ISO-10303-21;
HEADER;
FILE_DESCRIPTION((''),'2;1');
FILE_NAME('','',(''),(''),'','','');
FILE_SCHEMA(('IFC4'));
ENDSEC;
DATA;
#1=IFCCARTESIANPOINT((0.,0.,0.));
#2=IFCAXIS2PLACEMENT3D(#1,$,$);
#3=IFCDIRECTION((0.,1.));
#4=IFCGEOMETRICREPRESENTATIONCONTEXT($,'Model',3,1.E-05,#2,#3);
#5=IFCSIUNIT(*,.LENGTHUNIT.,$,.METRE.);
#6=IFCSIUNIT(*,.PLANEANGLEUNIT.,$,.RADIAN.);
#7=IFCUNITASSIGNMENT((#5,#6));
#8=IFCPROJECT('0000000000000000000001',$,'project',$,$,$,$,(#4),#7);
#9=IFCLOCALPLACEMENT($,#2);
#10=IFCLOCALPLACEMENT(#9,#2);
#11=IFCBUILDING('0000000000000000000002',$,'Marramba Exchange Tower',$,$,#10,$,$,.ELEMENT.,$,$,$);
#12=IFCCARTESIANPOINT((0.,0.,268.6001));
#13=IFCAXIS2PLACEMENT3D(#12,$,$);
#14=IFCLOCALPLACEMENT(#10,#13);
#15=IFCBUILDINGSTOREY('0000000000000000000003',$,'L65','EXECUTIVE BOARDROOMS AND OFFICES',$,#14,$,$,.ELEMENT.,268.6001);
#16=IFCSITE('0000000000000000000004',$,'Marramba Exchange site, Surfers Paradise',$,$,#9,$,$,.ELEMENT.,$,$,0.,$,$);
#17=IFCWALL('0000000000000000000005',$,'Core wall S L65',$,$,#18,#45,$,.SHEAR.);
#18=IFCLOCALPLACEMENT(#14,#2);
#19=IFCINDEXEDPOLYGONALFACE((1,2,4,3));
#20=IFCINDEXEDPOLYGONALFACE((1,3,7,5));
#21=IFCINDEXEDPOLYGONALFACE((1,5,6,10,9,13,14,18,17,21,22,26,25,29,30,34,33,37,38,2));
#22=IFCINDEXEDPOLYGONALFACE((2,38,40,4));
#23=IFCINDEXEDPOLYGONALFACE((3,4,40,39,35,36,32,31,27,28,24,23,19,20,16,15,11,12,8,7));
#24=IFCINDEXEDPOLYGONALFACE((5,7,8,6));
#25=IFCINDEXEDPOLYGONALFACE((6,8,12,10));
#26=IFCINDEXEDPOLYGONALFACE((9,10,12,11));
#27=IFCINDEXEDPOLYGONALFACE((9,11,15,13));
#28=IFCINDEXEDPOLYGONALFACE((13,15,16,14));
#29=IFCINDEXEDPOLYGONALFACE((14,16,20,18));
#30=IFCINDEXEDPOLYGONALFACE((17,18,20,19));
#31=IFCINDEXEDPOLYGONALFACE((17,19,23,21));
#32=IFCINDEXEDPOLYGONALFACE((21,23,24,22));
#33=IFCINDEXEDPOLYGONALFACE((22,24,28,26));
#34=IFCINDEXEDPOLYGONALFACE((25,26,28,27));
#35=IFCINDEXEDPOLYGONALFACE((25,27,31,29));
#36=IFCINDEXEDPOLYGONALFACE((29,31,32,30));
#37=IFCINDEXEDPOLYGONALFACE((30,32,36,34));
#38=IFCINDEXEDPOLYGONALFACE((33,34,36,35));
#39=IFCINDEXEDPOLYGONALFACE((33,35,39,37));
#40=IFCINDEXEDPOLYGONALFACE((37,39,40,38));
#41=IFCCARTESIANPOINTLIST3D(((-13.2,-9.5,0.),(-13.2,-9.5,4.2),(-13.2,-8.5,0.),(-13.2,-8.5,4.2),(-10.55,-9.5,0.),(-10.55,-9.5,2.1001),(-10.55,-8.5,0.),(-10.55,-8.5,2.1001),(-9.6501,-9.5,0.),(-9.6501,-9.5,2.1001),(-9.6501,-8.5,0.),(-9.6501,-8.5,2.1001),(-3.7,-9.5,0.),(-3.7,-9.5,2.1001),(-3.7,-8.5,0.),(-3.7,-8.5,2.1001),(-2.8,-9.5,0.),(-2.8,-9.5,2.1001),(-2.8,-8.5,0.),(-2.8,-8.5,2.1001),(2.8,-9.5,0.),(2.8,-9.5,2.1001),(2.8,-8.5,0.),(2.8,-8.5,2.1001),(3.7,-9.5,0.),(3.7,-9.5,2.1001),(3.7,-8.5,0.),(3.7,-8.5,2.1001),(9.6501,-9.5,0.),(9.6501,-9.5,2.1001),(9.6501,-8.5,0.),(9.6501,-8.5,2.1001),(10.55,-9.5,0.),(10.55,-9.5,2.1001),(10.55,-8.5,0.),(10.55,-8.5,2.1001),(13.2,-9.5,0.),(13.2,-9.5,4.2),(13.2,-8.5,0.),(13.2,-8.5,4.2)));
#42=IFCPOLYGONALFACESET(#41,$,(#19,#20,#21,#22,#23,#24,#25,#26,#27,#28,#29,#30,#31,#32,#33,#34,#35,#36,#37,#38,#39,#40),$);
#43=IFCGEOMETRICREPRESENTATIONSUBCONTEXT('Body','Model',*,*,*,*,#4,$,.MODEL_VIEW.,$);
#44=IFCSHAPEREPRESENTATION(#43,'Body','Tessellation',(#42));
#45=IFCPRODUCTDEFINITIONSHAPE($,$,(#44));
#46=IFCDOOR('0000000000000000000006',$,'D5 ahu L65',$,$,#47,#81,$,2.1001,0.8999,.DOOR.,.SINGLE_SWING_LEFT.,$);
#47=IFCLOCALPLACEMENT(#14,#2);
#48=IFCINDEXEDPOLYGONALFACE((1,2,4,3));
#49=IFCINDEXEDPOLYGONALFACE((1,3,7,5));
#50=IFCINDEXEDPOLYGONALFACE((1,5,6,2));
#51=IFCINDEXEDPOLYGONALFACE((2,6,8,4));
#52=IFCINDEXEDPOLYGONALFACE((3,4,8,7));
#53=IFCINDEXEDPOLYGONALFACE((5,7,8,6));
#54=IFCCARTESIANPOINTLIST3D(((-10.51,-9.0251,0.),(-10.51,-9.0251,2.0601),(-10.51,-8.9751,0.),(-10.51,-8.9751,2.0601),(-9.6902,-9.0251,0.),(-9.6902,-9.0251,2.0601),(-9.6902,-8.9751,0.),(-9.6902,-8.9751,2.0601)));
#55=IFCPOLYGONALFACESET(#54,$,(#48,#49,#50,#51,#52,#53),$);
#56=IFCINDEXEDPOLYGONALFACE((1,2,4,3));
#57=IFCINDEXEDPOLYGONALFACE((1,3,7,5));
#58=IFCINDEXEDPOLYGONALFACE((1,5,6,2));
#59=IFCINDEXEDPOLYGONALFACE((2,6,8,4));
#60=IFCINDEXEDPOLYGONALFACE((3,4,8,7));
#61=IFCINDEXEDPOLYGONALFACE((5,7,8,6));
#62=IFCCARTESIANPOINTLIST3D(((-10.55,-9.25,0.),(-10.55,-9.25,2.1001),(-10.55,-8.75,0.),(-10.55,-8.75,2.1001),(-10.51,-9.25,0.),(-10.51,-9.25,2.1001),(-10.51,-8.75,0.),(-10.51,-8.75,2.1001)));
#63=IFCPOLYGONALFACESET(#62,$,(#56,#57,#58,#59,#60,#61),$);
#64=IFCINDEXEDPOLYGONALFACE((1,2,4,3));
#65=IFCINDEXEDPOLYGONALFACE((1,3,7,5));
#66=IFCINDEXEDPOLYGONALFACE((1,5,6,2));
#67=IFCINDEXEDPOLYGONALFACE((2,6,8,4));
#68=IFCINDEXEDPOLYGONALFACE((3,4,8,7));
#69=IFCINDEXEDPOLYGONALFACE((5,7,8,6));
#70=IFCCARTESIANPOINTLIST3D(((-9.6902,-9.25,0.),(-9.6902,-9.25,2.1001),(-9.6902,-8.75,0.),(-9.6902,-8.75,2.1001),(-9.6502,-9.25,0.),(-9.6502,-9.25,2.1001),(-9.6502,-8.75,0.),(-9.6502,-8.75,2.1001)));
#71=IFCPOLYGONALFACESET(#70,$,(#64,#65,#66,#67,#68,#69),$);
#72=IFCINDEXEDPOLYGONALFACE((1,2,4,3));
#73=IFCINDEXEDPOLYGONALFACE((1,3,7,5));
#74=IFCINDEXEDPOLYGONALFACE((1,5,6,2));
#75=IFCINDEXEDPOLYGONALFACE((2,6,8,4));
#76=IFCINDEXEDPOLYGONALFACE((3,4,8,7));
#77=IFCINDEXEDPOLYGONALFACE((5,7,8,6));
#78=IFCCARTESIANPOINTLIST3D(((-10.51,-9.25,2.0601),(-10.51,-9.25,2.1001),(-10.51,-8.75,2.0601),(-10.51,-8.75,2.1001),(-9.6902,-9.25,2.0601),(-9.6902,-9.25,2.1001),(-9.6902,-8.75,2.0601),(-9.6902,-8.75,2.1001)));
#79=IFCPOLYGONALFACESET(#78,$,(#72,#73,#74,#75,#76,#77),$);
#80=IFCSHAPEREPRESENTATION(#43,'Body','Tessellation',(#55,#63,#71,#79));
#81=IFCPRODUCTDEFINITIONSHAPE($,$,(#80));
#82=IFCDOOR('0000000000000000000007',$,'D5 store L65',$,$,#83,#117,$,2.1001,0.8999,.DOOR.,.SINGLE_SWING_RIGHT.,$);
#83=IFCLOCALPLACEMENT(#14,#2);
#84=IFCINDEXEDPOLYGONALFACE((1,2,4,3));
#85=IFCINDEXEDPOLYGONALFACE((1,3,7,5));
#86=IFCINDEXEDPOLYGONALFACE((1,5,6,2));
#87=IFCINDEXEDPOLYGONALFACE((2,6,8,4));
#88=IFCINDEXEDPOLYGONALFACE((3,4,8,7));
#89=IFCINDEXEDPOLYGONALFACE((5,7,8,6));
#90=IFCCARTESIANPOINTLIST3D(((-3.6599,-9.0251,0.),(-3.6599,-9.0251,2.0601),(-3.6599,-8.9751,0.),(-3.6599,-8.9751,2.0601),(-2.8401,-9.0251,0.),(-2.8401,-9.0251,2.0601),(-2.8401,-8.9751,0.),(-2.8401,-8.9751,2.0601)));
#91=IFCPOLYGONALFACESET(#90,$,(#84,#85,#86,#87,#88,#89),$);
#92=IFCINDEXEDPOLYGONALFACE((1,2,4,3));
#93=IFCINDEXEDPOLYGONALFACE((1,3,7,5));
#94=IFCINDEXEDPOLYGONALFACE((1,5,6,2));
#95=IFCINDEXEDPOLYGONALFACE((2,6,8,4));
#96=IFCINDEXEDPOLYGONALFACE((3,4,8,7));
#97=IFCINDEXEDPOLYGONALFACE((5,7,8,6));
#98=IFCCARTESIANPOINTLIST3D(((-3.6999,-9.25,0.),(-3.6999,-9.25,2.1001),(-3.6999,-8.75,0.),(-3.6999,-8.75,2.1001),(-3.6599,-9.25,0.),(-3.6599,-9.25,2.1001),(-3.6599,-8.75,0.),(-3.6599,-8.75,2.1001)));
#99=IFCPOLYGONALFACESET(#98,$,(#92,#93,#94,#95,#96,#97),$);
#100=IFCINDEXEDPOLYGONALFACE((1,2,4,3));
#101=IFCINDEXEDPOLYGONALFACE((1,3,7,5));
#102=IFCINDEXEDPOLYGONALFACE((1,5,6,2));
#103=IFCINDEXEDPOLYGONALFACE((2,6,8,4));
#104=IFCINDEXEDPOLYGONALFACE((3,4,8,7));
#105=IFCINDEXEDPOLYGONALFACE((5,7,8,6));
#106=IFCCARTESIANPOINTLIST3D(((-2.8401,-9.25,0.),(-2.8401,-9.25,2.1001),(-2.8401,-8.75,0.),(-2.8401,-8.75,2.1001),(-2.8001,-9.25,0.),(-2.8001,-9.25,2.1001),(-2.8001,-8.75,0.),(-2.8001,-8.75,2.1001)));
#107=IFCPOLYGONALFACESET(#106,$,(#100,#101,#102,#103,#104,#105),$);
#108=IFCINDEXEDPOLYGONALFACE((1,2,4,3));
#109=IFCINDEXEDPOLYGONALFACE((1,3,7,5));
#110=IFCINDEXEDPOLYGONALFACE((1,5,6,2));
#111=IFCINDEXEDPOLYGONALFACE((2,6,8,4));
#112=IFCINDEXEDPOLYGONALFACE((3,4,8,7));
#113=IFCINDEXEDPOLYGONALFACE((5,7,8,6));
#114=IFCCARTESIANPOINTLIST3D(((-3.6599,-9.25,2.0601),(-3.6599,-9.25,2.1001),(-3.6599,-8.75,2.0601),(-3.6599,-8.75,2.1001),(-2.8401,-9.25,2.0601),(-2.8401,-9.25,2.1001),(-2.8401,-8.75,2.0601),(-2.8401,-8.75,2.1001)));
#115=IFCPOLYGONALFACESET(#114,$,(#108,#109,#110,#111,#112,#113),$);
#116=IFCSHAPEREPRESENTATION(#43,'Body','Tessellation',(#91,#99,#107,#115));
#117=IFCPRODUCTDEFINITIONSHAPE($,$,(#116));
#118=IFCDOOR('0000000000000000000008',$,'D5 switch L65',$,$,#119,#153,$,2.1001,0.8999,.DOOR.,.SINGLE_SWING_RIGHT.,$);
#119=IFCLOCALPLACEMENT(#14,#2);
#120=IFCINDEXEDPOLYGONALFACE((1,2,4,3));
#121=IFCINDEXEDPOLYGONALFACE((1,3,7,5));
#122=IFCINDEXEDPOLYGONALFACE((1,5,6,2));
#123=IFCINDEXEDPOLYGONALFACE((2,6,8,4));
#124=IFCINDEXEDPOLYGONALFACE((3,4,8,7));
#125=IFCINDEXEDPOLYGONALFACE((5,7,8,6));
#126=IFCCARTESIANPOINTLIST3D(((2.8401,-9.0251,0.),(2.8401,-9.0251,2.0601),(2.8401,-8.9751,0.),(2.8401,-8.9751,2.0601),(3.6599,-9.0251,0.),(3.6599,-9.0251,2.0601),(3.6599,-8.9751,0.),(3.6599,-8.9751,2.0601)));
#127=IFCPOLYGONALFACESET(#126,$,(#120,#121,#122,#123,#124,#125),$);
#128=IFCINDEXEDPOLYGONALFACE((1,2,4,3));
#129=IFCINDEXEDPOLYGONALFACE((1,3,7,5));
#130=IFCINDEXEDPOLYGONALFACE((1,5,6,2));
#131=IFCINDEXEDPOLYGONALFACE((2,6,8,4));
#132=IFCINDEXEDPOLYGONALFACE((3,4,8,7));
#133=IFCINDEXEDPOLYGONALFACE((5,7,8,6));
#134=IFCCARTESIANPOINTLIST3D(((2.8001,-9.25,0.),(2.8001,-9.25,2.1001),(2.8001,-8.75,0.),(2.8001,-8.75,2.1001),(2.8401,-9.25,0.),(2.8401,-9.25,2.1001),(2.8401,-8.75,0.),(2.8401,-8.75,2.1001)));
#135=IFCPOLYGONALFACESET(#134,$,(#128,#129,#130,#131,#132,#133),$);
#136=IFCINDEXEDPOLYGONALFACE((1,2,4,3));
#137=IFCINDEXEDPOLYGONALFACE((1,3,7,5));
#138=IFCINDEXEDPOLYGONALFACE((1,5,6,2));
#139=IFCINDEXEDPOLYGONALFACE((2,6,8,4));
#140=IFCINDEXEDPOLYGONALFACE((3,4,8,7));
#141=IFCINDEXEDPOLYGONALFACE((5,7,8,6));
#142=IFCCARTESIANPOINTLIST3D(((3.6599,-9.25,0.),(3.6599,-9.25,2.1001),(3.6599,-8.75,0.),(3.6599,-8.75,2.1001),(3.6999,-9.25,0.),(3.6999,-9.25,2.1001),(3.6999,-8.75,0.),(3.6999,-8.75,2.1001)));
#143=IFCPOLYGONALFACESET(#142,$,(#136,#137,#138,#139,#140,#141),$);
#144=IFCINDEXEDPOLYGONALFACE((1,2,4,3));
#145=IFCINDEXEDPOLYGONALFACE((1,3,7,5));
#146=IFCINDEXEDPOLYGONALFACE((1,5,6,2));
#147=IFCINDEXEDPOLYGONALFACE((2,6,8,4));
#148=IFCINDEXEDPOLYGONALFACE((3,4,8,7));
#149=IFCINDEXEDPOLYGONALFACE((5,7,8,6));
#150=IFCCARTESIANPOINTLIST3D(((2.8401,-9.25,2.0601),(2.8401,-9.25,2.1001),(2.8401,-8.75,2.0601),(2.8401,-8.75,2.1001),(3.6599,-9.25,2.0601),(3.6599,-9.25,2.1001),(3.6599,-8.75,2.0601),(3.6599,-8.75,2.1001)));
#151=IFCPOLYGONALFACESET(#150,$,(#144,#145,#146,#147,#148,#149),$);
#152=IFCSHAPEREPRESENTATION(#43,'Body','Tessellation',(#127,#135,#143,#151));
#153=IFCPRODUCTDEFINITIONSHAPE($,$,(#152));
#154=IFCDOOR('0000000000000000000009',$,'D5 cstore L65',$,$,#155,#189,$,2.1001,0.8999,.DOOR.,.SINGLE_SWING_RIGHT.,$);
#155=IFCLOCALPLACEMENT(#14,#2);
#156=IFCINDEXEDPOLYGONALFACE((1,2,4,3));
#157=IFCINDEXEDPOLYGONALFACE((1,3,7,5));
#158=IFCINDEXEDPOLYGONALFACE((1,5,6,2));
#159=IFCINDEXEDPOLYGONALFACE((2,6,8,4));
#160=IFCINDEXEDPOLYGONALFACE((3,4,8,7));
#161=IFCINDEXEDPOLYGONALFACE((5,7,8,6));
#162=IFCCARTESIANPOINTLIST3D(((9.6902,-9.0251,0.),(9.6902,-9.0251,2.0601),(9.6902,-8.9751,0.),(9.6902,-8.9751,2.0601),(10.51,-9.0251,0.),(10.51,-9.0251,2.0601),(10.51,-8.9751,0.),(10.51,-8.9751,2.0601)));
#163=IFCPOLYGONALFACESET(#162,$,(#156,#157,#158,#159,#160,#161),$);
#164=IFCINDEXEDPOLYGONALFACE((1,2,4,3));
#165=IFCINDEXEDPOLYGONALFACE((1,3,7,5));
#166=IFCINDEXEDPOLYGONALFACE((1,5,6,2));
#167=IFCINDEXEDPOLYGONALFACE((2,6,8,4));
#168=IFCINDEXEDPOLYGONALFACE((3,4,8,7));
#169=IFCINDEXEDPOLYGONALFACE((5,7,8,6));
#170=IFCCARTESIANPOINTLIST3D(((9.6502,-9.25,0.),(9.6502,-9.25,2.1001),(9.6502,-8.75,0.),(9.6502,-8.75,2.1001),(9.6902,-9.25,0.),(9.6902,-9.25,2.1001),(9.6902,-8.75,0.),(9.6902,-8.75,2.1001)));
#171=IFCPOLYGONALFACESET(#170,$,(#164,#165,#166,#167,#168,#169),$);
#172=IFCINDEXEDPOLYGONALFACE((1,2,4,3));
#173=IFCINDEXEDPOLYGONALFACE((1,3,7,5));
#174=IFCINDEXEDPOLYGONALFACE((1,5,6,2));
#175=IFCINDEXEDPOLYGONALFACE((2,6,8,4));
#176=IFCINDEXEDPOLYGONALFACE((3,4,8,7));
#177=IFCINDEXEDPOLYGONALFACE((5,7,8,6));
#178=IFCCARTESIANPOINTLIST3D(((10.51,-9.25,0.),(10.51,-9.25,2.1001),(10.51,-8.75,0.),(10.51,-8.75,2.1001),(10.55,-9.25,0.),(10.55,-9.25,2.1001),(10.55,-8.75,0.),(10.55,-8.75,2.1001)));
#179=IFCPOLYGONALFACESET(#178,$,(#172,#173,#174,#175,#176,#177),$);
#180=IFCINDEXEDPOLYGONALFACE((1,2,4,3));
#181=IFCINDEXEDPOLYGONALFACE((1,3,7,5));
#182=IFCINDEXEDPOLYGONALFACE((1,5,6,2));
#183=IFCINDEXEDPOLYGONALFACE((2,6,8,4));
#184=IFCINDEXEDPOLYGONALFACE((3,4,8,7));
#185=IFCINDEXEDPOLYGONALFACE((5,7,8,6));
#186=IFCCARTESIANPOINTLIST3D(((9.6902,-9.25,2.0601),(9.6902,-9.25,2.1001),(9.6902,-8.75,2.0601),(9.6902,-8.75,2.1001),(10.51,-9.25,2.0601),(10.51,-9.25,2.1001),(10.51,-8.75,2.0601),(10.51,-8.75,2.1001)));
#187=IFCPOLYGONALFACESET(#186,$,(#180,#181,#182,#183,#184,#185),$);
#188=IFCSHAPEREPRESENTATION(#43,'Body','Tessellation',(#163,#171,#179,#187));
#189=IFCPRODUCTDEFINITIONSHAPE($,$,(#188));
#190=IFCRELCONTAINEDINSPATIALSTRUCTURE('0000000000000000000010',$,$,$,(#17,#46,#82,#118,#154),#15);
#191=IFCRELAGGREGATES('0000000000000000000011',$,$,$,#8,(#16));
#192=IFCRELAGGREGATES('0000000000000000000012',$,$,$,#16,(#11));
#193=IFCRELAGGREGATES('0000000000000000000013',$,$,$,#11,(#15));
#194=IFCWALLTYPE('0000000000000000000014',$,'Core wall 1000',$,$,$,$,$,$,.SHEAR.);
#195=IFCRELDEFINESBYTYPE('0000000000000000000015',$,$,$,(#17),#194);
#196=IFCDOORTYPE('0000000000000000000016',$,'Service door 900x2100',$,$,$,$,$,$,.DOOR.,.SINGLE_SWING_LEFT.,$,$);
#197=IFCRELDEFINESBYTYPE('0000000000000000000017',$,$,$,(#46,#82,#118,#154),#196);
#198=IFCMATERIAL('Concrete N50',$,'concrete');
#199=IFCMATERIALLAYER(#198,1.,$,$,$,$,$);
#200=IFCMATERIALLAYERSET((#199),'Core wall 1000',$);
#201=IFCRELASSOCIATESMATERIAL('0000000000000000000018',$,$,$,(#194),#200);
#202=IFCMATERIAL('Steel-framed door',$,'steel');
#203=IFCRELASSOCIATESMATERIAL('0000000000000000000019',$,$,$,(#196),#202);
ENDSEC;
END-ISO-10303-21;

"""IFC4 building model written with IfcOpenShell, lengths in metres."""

from ifc_helpers import new_model, si_unit, direction, frame, frame_2d, origin, place, context, subcontext, project, spatial, rectangle, extrude, material, layer, layer_set, type_object, element, fill, save


model = new_model("IFC4")

# Units and contexts
model_context = context("Model", 3, precision=1e-05, world=origin(), true_north=direction((0.0, 1.0)))
body_context = subcontext(model_context, "Body", "Model", "MODEL_VIEW")
ifc_project = project(units=[si_unit("LENGTHUNIT", "METRE"), si_unit("PLANEANGLEUNIT", "RADIAN")], contexts=[model_context])

# Site, building, storey
site_placement = place(None, origin())
site = spatial("IfcSite", under=ifc_project, at=site_placement, Name="Marramba Exchange site, Surfers Paradise", CompositionType="ELEMENT", RefElevation=0.0)
building_placement = place(site_placement, origin())
building = spatial("IfcBuilding", under=site, at=building_placement, Name="Marramba Exchange Tower", CompositionType="ELEMENT")
storey_placement = place(building_placement, frame((0.0, 0.0, 268.6001)))
storey = spatial("IfcBuildingStorey", under=building, at=storey_placement, Name="L65", Description="EXECUTIVE BOARDROOMS AND OFFICES", CompositionType="ELEMENT", Elevation=268.6001)

# Shared definitions
ifc_material_1 = material(Name="Concrete N50", Category="concrete")

# Wall, openings, doors
ifc_layer_1 = layer(ifc_material_1, 1.0)
ifc_layer_set_1 = layer_set([ifc_layer_1], Name="Core wall 1000")
wall_type_1 = type_object("IfcWallType", Name="Core wall 1000", PredefinedType="SHEAR", material=ifc_layer_set_1)
wall_1_placement = place(storey_placement, frame((-13.2, -9.0, 0.0), z_axis=(0.0, 0.0, 1.0), x_axis=(1.0, 0.0, 0.0)))
wall_1 = element("IfcWall", 1, at=wall_1_placement, inside=storey, type_object=wall_type_1, Name="Core wall S L65", PredefinedType="SHEAR", context=body_context, shape_type="SweptSolid", body=[
    extrude(rectangle(XDim=26.3999, YDim=1.0, at=frame_2d((13.2, 0.0))), origin(), (0.0, 0.0, 1.0), 4.2),
])
opening_1_placement = place(wall_1_placement, frame((2.6499, 0.0, 0.0)))
opening_1 = element("IfcOpeningElement", 2, at=opening_1_placement, cuts=wall_1, PredefinedType="OPENING", context=body_context, shape_type="SweptSolid", body=[
    extrude(rectangle(XDim=0.8999, YDim=2.1001, at=frame_2d((0.45, 1.05))), frame((0.0, 0.51, 0.0), z_axis=(0.0, -1.0, 0.0), x_axis=(1.0, 0.0, 0.0)), (0.0, 0.0, 1.0), 1.02),
])
opening_2_placement = place(wall_1_placement, frame((9.5, 0.0, 0.0)))
opening_2 = element("IfcOpeningElement", 3, at=opening_2_placement, cuts=wall_1, PredefinedType="OPENING", context=body_context, shape_type="SweptSolid", body=[
    extrude(rectangle(XDim=0.8999, YDim=2.1001, at=frame_2d((0.45, 1.05))), frame((0.0, 0.51, 0.0), z_axis=(0.0, -1.0, 0.0), x_axis=(1.0, 0.0, 0.0)), (0.0, 0.0, 1.0), 1.02),
])
opening_3_placement = place(wall_1_placement, frame((16.0, 0.0, 0.0)))
opening_3 = element("IfcOpeningElement", 4, at=opening_3_placement, cuts=wall_1, PredefinedType="OPENING", context=body_context, shape_type="SweptSolid", body=[
    extrude(rectangle(XDim=0.8999, YDim=2.1001, at=frame_2d((0.45, 1.05))), frame((0.0, 0.51, 0.0), z_axis=(0.0, -1.0, 0.0), x_axis=(1.0, 0.0, 0.0)), (0.0, 0.0, 1.0), 1.02),
])
opening_4_placement = place(wall_1_placement, frame((22.8501, 0.0, 0.0)))
opening_4 = element("IfcOpeningElement", 5, at=opening_4_placement, cuts=wall_1, PredefinedType="OPENING", context=body_context, shape_type="SweptSolid", body=[
    extrude(rectangle(XDim=0.8999, YDim=2.1001, at=frame_2d((0.45, 1.05))), frame((0.0, 0.51, 0.0), z_axis=(0.0, -1.0, 0.0), x_axis=(1.0, 0.0, 0.0)), (0.0, 0.0, 1.0), 1.02),
])
ifc_material_2 = material(Name="Steel-framed door", Category="steel")
door_type = type_object("IfcDoorType", Name="Service door 900x2100", OperationType="SINGLE_SWING_LEFT", PredefinedType="DOOR", material=ifc_material_2)
door_1_placement = place(opening_1_placement, origin())
door_1 = element("IfcDoor", 6, at=door_1_placement, inside=storey, type_object=door_type, Name="D5 ahu L65", OperationType="SINGLE_SWING_LEFT", OverallHeight=2.1001, OverallWidth=0.8999, PredefinedType="DOOR", context=body_context, shape_type="SweptSolid", body=[
    extrude(rectangle(XDim=0.8198, YDim=2.0601, at=frame_2d((0.45, 1.03))), frame((0.0, 0.0249, 0.0), z_axis=(0.0, -1.0, 0.0), x_axis=(1.0, 0.0, 0.0)), (0.0, 0.0, 1.0), 0.05),
    extrude(rectangle(XDim=0.04, YDim=2.1001, at=frame_2d((0.02, 1.05))), frame((0.0, 0.25, 0.0), z_axis=(0.0, -1.0, 0.0), x_axis=(1.0, 0.0, 0.0)), (0.0, 0.0, 1.0), 0.5),
    extrude(rectangle(XDim=0.04, YDim=2.1001, at=frame_2d((0.8799, 1.05))), frame((0.0, 0.25, 0.0), z_axis=(0.0, -1.0, 0.0), x_axis=(1.0, 0.0, 0.0)), (0.0, 0.0, 1.0), 0.5),
    extrude(rectangle(XDim=0.8198, YDim=0.04, at=frame_2d((0.45, 2.0801))), frame((0.0, 0.25, 0.0), z_axis=(0.0, -1.0, 0.0), x_axis=(1.0, 0.0, 0.0)), (0.0, 0.0, 1.0), 0.5),
])
fill(opening_1, door_1)
door_2_placement = place(opening_2_placement, origin())
door_2 = element("IfcDoor", 7, at=door_2_placement, inside=storey, type_object=door_type, Name="D5 store L65", OperationType="SINGLE_SWING_RIGHT", OverallHeight=2.1001, OverallWidth=0.8999, PredefinedType="DOOR", context=body_context, shape_type="SweptSolid", body=[
    extrude(rectangle(XDim=0.8198, YDim=2.0601, at=frame_2d((0.45, 1.03))), frame((0.0, 0.0249, 0.0), z_axis=(0.0, -1.0, 0.0), x_axis=(1.0, 0.0, 0.0)), (0.0, 0.0, 1.0), 0.05),
    extrude(rectangle(XDim=0.04, YDim=2.1001, at=frame_2d((0.02, 1.05))), frame((0.0, 0.25, 0.0), z_axis=(0.0, -1.0, 0.0), x_axis=(1.0, 0.0, 0.0)), (0.0, 0.0, 1.0), 0.5),
    extrude(rectangle(XDim=0.04, YDim=2.1001, at=frame_2d((0.8799, 1.05))), frame((0.0, 0.25, 0.0), z_axis=(0.0, -1.0, 0.0), x_axis=(1.0, 0.0, 0.0)), (0.0, 0.0, 1.0), 0.5),
    extrude(rectangle(XDim=0.8198, YDim=0.04, at=frame_2d((0.45, 2.0801))), frame((0.0, 0.25, 0.0), z_axis=(0.0, -1.0, 0.0), x_axis=(1.0, 0.0, 0.0)), (0.0, 0.0, 1.0), 0.5),
])
fill(opening_2, door_2)
door_3_placement = place(opening_3_placement, origin())
door_3 = element("IfcDoor", 8, at=door_3_placement, inside=storey, type_object=door_type, Name="D5 switch L65", OperationType="SINGLE_SWING_RIGHT", OverallHeight=2.1001, OverallWidth=0.8999, PredefinedType="DOOR", context=body_context, shape_type="SweptSolid", body=[
    extrude(rectangle(XDim=0.8198, YDim=2.0601, at=frame_2d((0.45, 1.03))), frame((0.0, 0.0249, 0.0), z_axis=(0.0, -1.0, 0.0), x_axis=(1.0, 0.0, 0.0)), (0.0, 0.0, 1.0), 0.05),
    extrude(rectangle(XDim=0.04, YDim=2.1001, at=frame_2d((0.02, 1.05))), frame((0.0, 0.25, 0.0), z_axis=(0.0, -1.0, 0.0), x_axis=(1.0, 0.0, 0.0)), (0.0, 0.0, 1.0), 0.5),
    extrude(rectangle(XDim=0.04, YDim=2.1001, at=frame_2d((0.8799, 1.05))), frame((0.0, 0.25, 0.0), z_axis=(0.0, -1.0, 0.0), x_axis=(1.0, 0.0, 0.0)), (0.0, 0.0, 1.0), 0.5),
    extrude(rectangle(XDim=0.8198, YDim=0.04, at=frame_2d((0.45, 2.0801))), frame((0.0, 0.25, 0.0), z_axis=(0.0, -1.0, 0.0), x_axis=(1.0, 0.0, 0.0)), (0.0, 0.0, 1.0), 0.5),
])
fill(opening_3, door_3)
door_4_placement = place(opening_4_placement, origin())
door_4 = element("IfcDoor", 9, at=door_4_placement, inside=storey, type_object=door_type, Name="D5 cstore L65", OperationType="SINGLE_SWING_RIGHT", OverallHeight=2.1001, OverallWidth=0.8999, PredefinedType="DOOR", context=body_context, shape_type="SweptSolid", body=[
    extrude(rectangle(XDim=0.8198, YDim=2.0601, at=frame_2d((0.45, 1.03))), frame((0.0, 0.0249, 0.0), z_axis=(0.0, -1.0, 0.0), x_axis=(1.0, 0.0, 0.0)), (0.0, 0.0, 1.0), 0.05),
    extrude(rectangle(XDim=0.04, YDim=2.1001, at=frame_2d((0.02, 1.05))), frame((0.0, 0.25, 0.0), z_axis=(0.0, -1.0, 0.0), x_axis=(1.0, 0.0, 0.0)), (0.0, 0.0, 1.0), 0.5),
    extrude(rectangle(XDim=0.04, YDim=2.1001, at=frame_2d((0.8799, 1.05))), frame((0.0, 0.25, 0.0), z_axis=(0.0, -1.0, 0.0), x_axis=(1.0, 0.0, 0.0)), (0.0, 0.0, 1.0), 0.5),
    extrude(rectangle(XDim=0.8198, YDim=0.04, at=frame_2d((0.45, 2.0801))), frame((0.0, 0.25, 0.0), z_axis=(0.0, -1.0, 0.0), x_axis=(1.0, 0.0, 0.0)), (0.0, 0.0, 1.0), 0.5),
])
fill(opening_4, door_4)

save(model, "model.ifc")
